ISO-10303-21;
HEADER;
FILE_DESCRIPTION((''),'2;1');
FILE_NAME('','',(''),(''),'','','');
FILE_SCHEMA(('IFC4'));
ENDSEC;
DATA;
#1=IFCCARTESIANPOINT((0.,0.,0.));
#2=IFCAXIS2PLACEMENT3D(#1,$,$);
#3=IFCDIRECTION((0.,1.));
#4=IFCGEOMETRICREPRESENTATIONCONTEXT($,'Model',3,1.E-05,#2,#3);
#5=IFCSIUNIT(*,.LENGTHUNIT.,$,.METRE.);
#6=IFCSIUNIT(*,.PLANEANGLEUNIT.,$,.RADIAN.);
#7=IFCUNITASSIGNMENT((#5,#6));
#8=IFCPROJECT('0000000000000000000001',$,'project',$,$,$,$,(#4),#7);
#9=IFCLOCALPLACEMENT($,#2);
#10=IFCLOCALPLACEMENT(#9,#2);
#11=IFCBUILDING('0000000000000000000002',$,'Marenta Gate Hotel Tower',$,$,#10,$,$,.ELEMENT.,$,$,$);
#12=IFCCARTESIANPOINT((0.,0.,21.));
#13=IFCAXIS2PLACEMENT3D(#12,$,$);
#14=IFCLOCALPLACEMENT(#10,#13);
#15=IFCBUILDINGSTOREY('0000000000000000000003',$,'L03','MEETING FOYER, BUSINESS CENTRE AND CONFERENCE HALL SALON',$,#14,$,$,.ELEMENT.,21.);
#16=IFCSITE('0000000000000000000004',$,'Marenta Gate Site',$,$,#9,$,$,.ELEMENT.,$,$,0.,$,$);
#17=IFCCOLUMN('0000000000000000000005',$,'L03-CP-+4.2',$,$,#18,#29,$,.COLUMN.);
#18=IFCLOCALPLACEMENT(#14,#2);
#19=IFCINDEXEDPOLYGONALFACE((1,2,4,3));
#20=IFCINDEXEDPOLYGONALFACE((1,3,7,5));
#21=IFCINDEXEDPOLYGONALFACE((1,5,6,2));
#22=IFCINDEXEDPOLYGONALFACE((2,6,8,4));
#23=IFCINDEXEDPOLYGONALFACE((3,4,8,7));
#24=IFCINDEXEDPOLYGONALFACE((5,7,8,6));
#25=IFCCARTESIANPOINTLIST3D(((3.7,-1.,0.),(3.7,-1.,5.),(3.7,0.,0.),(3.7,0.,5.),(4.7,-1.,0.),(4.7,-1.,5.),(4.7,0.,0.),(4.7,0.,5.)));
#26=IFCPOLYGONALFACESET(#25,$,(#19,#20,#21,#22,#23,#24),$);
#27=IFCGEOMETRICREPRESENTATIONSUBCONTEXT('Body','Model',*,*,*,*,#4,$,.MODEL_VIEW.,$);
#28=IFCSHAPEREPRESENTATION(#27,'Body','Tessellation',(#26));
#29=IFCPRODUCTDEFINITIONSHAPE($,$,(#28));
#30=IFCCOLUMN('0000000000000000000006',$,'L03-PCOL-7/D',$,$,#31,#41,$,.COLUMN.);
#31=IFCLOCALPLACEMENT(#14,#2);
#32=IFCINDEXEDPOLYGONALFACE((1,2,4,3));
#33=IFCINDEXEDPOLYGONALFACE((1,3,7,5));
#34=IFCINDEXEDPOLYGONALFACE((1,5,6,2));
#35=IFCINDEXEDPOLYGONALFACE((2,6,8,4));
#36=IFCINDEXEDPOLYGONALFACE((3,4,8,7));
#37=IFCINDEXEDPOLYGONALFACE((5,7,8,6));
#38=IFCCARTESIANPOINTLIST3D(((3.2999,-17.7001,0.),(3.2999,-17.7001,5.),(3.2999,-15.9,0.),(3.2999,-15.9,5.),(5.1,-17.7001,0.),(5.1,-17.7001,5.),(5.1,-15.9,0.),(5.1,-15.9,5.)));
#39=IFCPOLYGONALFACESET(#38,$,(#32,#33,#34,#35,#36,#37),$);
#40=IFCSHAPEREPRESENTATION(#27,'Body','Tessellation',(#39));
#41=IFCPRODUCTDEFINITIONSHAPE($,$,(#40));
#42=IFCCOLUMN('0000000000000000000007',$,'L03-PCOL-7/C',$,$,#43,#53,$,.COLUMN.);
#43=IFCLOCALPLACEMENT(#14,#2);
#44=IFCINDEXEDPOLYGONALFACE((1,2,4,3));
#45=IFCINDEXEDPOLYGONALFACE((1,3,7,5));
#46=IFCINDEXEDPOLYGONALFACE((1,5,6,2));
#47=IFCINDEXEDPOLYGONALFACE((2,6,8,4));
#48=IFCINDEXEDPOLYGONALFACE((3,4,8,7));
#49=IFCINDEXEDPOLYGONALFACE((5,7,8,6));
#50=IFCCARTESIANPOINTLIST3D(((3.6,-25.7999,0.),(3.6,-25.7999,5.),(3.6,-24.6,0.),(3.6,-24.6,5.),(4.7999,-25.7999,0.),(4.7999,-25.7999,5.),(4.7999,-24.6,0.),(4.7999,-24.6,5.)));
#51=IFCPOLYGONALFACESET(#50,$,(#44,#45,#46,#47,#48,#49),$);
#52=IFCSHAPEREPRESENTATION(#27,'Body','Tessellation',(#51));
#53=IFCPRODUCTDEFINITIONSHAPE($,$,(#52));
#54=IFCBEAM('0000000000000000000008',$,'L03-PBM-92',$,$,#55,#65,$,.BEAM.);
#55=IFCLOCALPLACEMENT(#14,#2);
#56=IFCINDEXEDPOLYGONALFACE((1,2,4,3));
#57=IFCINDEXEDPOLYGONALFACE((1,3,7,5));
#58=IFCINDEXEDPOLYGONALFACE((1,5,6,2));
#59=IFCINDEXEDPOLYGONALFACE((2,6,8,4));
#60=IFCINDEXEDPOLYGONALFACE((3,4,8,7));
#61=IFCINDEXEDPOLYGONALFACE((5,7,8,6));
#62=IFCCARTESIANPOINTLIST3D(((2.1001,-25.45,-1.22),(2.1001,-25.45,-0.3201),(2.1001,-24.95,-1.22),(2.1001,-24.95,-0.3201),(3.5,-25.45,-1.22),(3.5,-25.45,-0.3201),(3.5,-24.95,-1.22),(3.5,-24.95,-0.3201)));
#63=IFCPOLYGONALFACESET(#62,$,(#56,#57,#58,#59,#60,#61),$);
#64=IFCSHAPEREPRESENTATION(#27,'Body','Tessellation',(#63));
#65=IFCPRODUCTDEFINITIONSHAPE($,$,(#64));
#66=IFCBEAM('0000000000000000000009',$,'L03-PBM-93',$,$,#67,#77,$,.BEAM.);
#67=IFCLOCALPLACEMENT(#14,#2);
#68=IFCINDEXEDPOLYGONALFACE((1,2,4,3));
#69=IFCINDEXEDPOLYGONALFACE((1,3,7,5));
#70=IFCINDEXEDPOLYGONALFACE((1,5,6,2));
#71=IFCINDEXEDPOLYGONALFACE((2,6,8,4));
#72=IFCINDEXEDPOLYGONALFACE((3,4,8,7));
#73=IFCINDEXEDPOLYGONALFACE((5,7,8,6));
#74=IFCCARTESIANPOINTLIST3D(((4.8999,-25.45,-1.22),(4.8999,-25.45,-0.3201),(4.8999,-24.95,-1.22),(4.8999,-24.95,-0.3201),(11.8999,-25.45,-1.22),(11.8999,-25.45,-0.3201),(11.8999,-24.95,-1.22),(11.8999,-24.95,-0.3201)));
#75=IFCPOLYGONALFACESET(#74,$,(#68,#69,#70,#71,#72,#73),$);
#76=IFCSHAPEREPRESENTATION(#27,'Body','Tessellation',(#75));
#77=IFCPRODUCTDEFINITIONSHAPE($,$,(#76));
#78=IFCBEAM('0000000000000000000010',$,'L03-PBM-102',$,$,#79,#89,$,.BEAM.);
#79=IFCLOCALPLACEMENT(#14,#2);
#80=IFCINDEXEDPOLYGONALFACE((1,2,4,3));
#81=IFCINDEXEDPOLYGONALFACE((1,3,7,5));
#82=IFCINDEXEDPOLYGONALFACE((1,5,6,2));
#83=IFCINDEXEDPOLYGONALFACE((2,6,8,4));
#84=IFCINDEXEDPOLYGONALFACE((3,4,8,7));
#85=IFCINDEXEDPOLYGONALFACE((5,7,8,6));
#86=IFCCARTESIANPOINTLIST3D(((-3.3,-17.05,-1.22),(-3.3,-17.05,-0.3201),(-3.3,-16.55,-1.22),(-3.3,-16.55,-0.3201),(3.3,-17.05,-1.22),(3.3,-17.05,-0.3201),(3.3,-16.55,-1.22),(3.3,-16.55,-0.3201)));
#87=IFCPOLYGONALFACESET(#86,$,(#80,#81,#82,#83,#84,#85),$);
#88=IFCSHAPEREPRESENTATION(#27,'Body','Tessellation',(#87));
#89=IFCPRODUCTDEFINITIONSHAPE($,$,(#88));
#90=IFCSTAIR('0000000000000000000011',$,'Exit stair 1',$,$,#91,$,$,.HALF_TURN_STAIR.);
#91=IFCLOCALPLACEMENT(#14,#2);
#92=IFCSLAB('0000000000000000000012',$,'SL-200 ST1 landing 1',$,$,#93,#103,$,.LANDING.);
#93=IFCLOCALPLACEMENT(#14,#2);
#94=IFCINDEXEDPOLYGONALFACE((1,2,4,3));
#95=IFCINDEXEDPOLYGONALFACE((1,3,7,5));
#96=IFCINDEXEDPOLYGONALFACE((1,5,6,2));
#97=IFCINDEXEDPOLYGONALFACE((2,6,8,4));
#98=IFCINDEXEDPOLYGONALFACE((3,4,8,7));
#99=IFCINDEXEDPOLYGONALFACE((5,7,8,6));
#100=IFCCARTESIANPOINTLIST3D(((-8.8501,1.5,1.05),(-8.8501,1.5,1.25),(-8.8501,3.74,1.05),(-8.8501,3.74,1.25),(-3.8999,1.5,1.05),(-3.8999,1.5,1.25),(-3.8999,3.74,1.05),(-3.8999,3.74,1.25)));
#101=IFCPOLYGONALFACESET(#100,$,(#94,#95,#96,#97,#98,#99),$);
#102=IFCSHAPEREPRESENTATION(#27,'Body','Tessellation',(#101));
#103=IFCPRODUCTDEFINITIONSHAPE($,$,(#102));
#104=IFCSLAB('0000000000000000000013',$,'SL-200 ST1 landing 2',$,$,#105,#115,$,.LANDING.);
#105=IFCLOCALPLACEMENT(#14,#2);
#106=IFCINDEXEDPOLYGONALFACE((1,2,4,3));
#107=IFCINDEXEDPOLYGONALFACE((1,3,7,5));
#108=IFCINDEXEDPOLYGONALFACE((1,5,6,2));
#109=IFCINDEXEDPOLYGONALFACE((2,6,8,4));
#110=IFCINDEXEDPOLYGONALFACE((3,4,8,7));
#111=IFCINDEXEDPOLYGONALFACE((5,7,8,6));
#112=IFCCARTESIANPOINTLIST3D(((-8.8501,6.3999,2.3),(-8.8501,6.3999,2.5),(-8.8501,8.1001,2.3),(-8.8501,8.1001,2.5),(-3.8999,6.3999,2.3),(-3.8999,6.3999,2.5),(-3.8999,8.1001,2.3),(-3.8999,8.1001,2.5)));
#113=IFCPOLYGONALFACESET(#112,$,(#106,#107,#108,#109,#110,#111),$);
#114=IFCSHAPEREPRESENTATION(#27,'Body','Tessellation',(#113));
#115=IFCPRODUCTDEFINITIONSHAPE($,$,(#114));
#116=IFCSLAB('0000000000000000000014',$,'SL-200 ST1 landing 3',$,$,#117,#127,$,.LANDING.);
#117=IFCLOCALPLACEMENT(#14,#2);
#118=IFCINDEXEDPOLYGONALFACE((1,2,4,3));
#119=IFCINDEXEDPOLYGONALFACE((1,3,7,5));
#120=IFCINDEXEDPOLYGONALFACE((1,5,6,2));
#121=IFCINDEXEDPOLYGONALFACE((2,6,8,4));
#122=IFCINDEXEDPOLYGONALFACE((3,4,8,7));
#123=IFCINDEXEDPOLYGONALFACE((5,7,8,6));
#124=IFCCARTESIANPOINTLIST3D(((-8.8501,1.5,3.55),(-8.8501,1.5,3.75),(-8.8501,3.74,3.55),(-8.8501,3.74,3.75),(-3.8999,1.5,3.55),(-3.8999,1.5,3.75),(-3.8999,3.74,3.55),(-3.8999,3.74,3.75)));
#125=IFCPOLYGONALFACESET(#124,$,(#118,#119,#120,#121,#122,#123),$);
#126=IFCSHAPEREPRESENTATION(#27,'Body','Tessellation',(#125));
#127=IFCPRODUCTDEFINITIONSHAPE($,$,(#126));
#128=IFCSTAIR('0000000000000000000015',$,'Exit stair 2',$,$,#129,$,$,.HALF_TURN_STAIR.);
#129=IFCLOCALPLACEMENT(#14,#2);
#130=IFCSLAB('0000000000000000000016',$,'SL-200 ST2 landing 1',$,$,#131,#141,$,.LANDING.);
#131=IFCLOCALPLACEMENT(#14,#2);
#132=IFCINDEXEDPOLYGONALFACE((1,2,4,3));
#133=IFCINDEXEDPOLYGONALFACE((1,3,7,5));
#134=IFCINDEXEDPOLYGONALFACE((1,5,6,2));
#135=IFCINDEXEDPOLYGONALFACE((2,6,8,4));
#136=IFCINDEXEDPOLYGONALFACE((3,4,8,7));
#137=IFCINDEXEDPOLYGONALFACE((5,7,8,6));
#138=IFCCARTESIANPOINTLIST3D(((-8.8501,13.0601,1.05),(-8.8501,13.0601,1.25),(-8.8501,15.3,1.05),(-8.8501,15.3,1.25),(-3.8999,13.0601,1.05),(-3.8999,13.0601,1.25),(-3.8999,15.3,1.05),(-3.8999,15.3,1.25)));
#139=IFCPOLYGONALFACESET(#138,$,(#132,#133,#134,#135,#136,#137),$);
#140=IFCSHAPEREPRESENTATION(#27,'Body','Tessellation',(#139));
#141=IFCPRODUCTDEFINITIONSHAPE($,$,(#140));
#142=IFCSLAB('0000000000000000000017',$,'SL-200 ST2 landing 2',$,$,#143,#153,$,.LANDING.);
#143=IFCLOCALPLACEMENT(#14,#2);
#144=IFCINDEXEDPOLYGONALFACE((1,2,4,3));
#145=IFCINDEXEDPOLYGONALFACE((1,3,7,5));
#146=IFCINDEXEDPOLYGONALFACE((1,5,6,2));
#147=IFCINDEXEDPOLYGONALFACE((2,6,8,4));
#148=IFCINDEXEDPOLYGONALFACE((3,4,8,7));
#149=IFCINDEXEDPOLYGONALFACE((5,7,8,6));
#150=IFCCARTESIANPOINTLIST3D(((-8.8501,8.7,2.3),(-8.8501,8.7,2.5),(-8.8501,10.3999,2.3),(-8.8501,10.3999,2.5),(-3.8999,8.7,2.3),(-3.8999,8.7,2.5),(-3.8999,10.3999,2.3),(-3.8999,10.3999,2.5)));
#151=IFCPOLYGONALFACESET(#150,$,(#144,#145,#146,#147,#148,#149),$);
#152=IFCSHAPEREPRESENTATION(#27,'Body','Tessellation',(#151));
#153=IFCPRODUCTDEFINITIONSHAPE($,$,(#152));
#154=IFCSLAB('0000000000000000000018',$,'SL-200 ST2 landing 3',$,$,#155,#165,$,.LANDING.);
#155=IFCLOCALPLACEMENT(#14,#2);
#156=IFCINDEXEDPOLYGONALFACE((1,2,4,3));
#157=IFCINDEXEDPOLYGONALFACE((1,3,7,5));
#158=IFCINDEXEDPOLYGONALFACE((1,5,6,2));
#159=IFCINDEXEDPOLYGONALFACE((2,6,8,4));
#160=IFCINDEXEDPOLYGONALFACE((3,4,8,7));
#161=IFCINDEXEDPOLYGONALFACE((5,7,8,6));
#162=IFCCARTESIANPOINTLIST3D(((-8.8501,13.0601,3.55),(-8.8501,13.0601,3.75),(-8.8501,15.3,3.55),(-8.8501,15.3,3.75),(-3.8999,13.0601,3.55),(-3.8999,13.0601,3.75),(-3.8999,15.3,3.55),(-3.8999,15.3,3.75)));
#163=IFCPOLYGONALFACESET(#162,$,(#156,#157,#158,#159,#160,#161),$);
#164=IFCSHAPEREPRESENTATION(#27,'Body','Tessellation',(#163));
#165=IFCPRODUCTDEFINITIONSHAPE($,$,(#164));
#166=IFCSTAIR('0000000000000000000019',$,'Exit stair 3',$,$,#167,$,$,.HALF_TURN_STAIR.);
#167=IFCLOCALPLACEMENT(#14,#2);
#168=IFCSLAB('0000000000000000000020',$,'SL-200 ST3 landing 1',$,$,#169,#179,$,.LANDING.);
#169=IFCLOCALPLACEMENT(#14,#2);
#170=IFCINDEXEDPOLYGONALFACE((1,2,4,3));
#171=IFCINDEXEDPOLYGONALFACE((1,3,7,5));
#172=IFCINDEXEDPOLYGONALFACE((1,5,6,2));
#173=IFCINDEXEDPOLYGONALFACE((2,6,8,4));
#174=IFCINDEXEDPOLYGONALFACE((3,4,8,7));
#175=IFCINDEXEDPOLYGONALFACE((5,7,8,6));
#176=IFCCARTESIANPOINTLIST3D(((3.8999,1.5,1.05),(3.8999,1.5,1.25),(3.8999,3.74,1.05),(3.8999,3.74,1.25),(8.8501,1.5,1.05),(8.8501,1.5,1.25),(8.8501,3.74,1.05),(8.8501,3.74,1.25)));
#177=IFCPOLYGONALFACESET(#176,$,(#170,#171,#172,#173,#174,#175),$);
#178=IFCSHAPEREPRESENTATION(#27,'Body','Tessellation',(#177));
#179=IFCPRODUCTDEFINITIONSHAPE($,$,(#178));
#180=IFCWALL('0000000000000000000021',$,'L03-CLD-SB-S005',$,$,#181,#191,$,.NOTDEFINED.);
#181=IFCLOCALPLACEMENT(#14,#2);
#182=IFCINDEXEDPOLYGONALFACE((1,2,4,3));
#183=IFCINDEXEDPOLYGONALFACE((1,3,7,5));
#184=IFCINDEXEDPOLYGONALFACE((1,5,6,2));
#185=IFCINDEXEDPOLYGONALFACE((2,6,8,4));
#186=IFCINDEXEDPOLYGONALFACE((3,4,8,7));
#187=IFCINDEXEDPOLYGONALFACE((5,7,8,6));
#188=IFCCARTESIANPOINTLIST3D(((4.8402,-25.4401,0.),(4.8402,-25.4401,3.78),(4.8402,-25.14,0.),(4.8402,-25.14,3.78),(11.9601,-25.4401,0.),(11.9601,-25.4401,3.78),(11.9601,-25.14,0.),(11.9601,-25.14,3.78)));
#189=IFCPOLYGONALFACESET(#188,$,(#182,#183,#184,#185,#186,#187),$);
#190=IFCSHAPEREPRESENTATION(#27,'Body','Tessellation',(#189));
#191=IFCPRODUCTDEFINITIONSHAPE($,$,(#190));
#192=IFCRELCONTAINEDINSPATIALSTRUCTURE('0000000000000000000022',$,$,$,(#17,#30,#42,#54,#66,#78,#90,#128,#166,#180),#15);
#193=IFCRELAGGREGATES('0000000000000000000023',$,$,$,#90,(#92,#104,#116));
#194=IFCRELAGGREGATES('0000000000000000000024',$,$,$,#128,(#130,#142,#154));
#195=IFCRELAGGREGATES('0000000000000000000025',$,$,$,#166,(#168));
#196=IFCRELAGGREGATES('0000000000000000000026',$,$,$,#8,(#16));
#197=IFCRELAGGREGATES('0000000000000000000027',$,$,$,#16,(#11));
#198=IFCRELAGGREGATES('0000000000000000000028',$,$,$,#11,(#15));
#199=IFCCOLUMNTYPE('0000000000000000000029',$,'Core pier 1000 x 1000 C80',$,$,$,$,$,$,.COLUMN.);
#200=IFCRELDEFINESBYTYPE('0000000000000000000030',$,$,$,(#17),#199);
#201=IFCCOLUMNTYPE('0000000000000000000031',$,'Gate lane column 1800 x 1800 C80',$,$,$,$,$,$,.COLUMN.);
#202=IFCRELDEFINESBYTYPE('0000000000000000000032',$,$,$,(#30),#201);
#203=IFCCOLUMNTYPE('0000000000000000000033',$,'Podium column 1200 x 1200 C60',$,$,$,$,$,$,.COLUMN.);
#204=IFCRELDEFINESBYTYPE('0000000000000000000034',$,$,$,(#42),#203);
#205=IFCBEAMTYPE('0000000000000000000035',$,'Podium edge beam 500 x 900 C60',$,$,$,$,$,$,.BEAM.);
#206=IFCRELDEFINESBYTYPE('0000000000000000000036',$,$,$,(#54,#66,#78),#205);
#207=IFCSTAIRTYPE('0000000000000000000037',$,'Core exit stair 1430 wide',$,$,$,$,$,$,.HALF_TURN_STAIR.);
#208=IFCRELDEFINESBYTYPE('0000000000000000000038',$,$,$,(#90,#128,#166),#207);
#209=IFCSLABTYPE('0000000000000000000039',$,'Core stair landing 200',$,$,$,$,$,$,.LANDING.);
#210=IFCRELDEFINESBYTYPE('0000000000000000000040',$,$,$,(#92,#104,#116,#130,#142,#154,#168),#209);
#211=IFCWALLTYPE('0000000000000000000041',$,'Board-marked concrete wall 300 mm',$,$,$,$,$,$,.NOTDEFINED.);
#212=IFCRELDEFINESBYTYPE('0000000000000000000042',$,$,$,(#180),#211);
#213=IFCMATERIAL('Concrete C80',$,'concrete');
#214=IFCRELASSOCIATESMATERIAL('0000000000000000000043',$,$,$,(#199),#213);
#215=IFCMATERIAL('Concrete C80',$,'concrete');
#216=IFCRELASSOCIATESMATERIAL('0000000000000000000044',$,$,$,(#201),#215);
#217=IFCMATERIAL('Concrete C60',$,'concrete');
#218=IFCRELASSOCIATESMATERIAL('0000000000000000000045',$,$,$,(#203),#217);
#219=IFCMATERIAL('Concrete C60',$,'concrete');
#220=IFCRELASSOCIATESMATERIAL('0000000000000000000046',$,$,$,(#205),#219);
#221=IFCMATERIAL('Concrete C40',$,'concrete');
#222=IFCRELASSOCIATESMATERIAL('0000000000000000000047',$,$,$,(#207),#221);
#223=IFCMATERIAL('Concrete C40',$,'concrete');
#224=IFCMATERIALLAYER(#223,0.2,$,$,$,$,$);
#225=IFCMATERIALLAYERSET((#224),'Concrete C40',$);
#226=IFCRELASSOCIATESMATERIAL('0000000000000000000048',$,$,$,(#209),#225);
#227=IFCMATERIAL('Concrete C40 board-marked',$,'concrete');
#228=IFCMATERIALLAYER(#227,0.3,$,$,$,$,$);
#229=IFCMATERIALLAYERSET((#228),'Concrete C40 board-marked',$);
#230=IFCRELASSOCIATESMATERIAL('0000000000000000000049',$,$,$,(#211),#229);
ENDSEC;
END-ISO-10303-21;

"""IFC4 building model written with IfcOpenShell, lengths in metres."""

from ifc_helpers import new_model, si_unit, direction, frame, frame_2d, origin, origin_2d, place, context, subcontext, project, spatial, polyline, rectangle, outline, extrude, material, layer, layer_set, material_profile, profile_set, type_object, element, aggregate, save


model = new_model("IFC4")

# Units and contexts
model_context = context("Model", 3, precision=1e-05, world=origin(), true_north=direction((0.0, 1.0)))
body_context = subcontext(model_context, "Body", "Model", "MODEL_VIEW")
ifc_project = project(units=[si_unit("LENGTHUNIT", "METRE"), si_unit("PLANEANGLEUNIT", "RADIAN")], contexts=[model_context])

# Site, building, storey
site_placement = place(None, origin())
site = spatial("IfcSite", under=ifc_project, at=site_placement, Name="Marenta Gate Site", CompositionType="ELEMENT", RefElevation=0.0)
building_placement = place(site_placement, origin())
building = spatial("IfcBuilding", under=site, at=building_placement, Name="Marenta Gate Hotel Tower", CompositionType="ELEMENT")
storey_placement = place(building_placement, frame((0.0, 0.0, 21.0)))
storey = spatial("IfcBuildingStorey", under=building, at=storey_placement, Name="L03", Description="MEETING FOYER, BUSINESS CENTRE AND CONFERENCE HALL SALON", CompositionType="ELEMENT", Elevation=21.0)

# Columns
ifc_material_1 = material(Name="Concrete C80", Category="concrete")
ifc_material_profile_1 = material_profile(ifc_material_1, rectangle(XDim=1.0, YDim=1.0, at=origin_2d()), Name="1000 x 1000")
ifc_profile_set_1 = profile_set([ifc_material_profile_1], Name="Concrete C80")
column_type_1 = type_object("IfcColumnType", Name="Core pier 1000 x 1000 C80", PredefinedType="COLUMN", material=ifc_profile_set_1)
column_1_placement = place(storey_placement, frame((4.2, -0.5, 0.0), z_axis=(0.0, 0.0, 1.0), x_axis=(1.0, 0.0, 0.0)))
element("IfcColumn", 1, at=column_1_placement, inside=storey, type_object=column_type_1, Name="L03-CP-+4.2", PredefinedType="COLUMN", context=body_context, shape_type="SweptSolid", body=[
    extrude(rectangle(XDim=1.0, YDim=1.0, at=origin_2d()), origin(), (0.0, 0.0, 1.0), 5.0),
])
ifc_material_2 = material(Name="Concrete C80", Category="concrete")
ifc_material_profile_2 = material_profile(ifc_material_2, rectangle(XDim=1.8, YDim=1.8, at=origin_2d()), Name="1800 x 1800")
ifc_profile_set_2 = profile_set([ifc_material_profile_2], Name="Concrete C80")
column_type_2 = type_object("IfcColumnType", Name="Gate lane column 1800 x 1800 C80", PredefinedType="COLUMN", material=ifc_profile_set_2)
column_2_placement = place(storey_placement, frame((4.2, -16.8, 0.0), z_axis=(0.0, 0.0, 1.0), x_axis=(1.0, 0.0, 0.0)))
element("IfcColumn", 2, at=column_2_placement, inside=storey, type_object=column_type_2, Name="L03-PCOL-7/D", PredefinedType="COLUMN", context=body_context, shape_type="SweptSolid", body=[
    extrude(rectangle(XDim=1.8, YDim=1.8, at=origin_2d()), origin(), (0.0, 0.0, 1.0), 5.0),
])
ifc_material_3 = material(Name="Concrete C60", Category="concrete")
ifc_material_profile_3 = material_profile(ifc_material_3, rectangle(XDim=1.2, YDim=1.2, at=origin_2d()), Name="1200 x 1200")
ifc_profile_set_3 = profile_set([ifc_material_profile_3], Name="Concrete C60")
column_type_3 = type_object("IfcColumnType", Name="Podium column 1200 x 1200 C60", PredefinedType="COLUMN", material=ifc_profile_set_3)
column_3_placement = place(storey_placement, frame((4.2, -25.2, 0.0), z_axis=(0.0, 0.0, 1.0), x_axis=(1.0, 0.0, 0.0)))
element("IfcColumn", 3, at=column_3_placement, inside=storey, type_object=column_type_3, Name="L03-PCOL-7/C", PredefinedType="COLUMN", context=body_context, shape_type="SweptSolid", body=[
    extrude(rectangle(XDim=1.2, YDim=1.2, at=origin_2d()), origin(), (0.0, 0.0, 1.0), 5.0),
])

# Beams
ifc_material_4 = material(Name="Concrete C60", Category="concrete")
ifc_material_profile_4 = material_profile(ifc_material_4, rectangle(XDim=0.5, YDim=0.8999, at=origin_2d()), Name="500 x 900")
ifc_profile_set_4 = profile_set([ifc_material_profile_4], Name="Concrete C60")
beam_type = type_object("IfcBeamType", Name="Podium edge beam 500 x 900 C60", PredefinedType="BEAM", material=ifc_profile_set_4)
beam_1_placement = place(storey_placement, frame((2.1001, -25.2, -0.77), z_axis=(1.0, 0.0, 0.0), x_axis=(0.0, 1.0, 0.0)))
element("IfcBeam", 4, at=beam_1_placement, inside=storey, type_object=beam_type, Name="L03-PBM-92", PredefinedType="BEAM", context=body_context, shape_type="SweptSolid", body=[
    extrude(rectangle(XDim=0.5, YDim=0.8999, at=origin_2d()), origin(), (0.0, 0.0, 1.0), 1.3999),
])
beam_2_placement = place(storey_placement, frame((4.8999, -25.2, -0.77), z_axis=(1.0, 0.0, 0.0), x_axis=(0.0, 1.0, 0.0)))
element("IfcBeam", 5, at=beam_2_placement, inside=storey, type_object=beam_type, Name="L03-PBM-93", PredefinedType="BEAM", context=body_context, shape_type="SweptSolid", body=[
    extrude(rectangle(XDim=0.5, YDim=0.8999, at=origin_2d()), origin(), (0.0, 0.0, 1.0), 7.0),
])
beam_3_placement = place(storey_placement, frame((3.3, -16.8, -0.77), z_axis=(-1.0, 0.0, 0.0), x_axis=(0.0, -1.0, 0.0)))
element("IfcBeam", 6, at=beam_3_placement, inside=storey, type_object=beam_type, Name="L03-PBM-102", PredefinedType="BEAM", context=body_context, shape_type="SweptSolid", body=[
    extrude(rectangle(XDim=0.5, YDim=0.8999, at=origin_2d()), origin(), (0.0, 0.0, 1.0), 6.6001),
])

# Stairs, slabs
ifc_material_5 = material(Name="Concrete C40", Category="concrete")
stair_type_1 = type_object("IfcStairType", Name="Core exit stair 1430 wide", PredefinedType="HALF_TURN_STAIR", material=ifc_material_5)
stair_1_placement = place(storey_placement, origin())
stair_1 = element("IfcStair", 7, at=stair_1_placement, inside=storey, type_object=stair_type_1, Name="Exit stair 1", PredefinedType="HALF_TURN_STAIR")
ifc_material_6 = material(Name="Concrete C40", Category="concrete")
ifc_layer_1 = layer(ifc_material_6, 0.2)
ifc_layer_set_1 = layer_set([ifc_layer_1], Name="Concrete C40")
slab_type = type_object("IfcSlabType", Name="Core stair landing 200", PredefinedType="LANDING", material=ifc_layer_set_1)
slab_1_placement = place(storey_placement, frame((0.0, 0.0, 1.05)))
slab_1 = element("IfcSlab", 8, at=slab_1_placement, type_object=slab_type, Name="SL-200 ST1 landing 1", PredefinedType="LANDING", context=body_context, shape_type="SweptSolid", body=[
    extrude(outline(polyline([(-8.8501, 1.5), (-3.8999, 1.5), (-3.8999, 3.74), (-8.8501, 3.74), (-8.8501, 1.5)])), origin(), (0.0, 0.0, 1.0), 0.2),
])
slab_2_placement = place(storey_placement, frame((0.0, 0.0, 2.3)))
slab_2 = element("IfcSlab", 9, at=slab_2_placement, type_object=slab_type, Name="SL-200 ST1 landing 2", PredefinedType="LANDING", context=body_context, shape_type="SweptSolid", body=[
    extrude(outline(polyline([(-8.8501, 6.3999), (-3.8999, 6.3999), (-3.8999, 8.1001), (-8.8501, 8.1001), (-8.8501, 6.3999)])), origin(), (0.0, 0.0, 1.0), 0.2),
])
slab_3_placement = place(storey_placement, frame((0.0, 0.0, 3.55)))
slab_3 = element("IfcSlab", 10, at=slab_3_placement, type_object=slab_type, Name="SL-200 ST1 landing 3", PredefinedType="LANDING", context=body_context, shape_type="SweptSolid", body=[
    extrude(outline(polyline([(-8.8501, 1.5), (-3.8999, 1.5), (-3.8999, 3.74), (-8.8501, 3.74), (-8.8501, 1.5)])), origin(), (0.0, 0.0, 1.0), 0.2),
])
aggregate(stair_1, [slab_1, slab_2, slab_3])
stair_2_placement = place(storey_placement, origin())
stair_2 = element("IfcStair", 11, at=stair_2_placement, inside=storey, type_object=stair_type_1, Name="Exit stair 2", PredefinedType="HALF_TURN_STAIR")
slab_4_placement = place(storey_placement, frame((0.0, 0.0, 1.05)))
slab_4 = element("IfcSlab", 12, at=slab_4_placement, type_object=slab_type, Name="SL-200 ST2 landing 1", PredefinedType="LANDING", context=body_context, shape_type="SweptSolid", body=[
    extrude(outline(polyline([(-8.8501, 13.0601), (-3.8999, 13.0601), (-3.8999, 15.3), (-8.8501, 15.3), (-8.8501, 13.0601)])), origin(), (0.0, 0.0, 1.0), 0.2),
])
slab_5_placement = place(storey_placement, frame((0.0, 0.0, 2.3)))
slab_5 = element("IfcSlab", 13, at=slab_5_placement, type_object=slab_type, Name="SL-200 ST2 landing 2", PredefinedType="LANDING", context=body_context, shape_type="SweptSolid", body=[
    extrude(outline(polyline([(-8.8501, 8.7), (-3.8999, 8.7), (-3.8999, 10.3999), (-8.8501, 10.3999), (-8.8501, 8.7)])), origin(), (0.0, 0.0, 1.0), 0.2),
])
slab_6_placement = place(storey_placement, frame((0.0, 0.0, 3.55)))
slab_6 = element("IfcSlab", 14, at=slab_6_placement, type_object=slab_type, Name="SL-200 ST2 landing 3", PredefinedType="LANDING", context=body_context, shape_type="SweptSolid", body=[
    extrude(outline(polyline([(-8.8501, 13.0601), (-3.8999, 13.0601), (-3.8999, 15.3), (-8.8501, 15.3), (-8.8501, 13.0601)])), origin(), (0.0, 0.0, 1.0), 0.2),
])
aggregate(stair_2, [slab_4, slab_5, slab_6])

# Stair, slab
stair_3_placement = place(storey_placement, origin())
stair_3 = element("IfcStair", 15, at=stair_3_placement, inside=storey, type_object=stair_type_1, Name="Exit stair 3", PredefinedType="HALF_TURN_STAIR")
slab_7_placement = place(storey_placement, frame((0.0, 0.0, 1.05)))
slab_7 = element("IfcSlab", 16, at=slab_7_placement, type_object=slab_type, Name="SL-200 ST3 landing 1", PredefinedType="LANDING", context=body_context, shape_type="SweptSolid", body=[
    extrude(outline(polyline([(3.8999, 1.5), (8.8501, 1.5), (8.8501, 3.74), (3.8999, 3.74), (3.8999, 1.5)])), origin(), (0.0, 0.0, 1.0), 0.2),
])
aggregate(stair_3, [slab_7])

# Wall
ifc_material_7 = material(Name="Concrete C40 board-marked", Category="concrete")
ifc_layer_2 = layer(ifc_material_7, 0.3)
ifc_layer_set_2 = layer_set([ifc_layer_2], Name="Concrete C40 board-marked")
wall_type_1 = type_object("IfcWallType", Name="Board-marked concrete wall 300 mm", PredefinedType="NOTDEFINED", material=ifc_layer_set_2)
wall_1_placement = place(storey_placement, frame((4.8401, -25.29, 0.0), z_axis=(0.0, 0.0, 1.0), x_axis=(1.0, 0.0, 0.0)))
element("IfcWall", 17, at=wall_1_placement, inside=storey, type_object=wall_type_1, Name="L03-CLD-SB-S005", PredefinedType="NOTDEFINED", context=body_context, shape_type="SweptSolid", body=[
    extrude(rectangle(XDim=7.1199, YDim=0.3, at=frame_2d((3.5601, 0.0))), origin(), (0.0, 0.0, 1.0), 3.78),
])

save(model, "model.ifc")
